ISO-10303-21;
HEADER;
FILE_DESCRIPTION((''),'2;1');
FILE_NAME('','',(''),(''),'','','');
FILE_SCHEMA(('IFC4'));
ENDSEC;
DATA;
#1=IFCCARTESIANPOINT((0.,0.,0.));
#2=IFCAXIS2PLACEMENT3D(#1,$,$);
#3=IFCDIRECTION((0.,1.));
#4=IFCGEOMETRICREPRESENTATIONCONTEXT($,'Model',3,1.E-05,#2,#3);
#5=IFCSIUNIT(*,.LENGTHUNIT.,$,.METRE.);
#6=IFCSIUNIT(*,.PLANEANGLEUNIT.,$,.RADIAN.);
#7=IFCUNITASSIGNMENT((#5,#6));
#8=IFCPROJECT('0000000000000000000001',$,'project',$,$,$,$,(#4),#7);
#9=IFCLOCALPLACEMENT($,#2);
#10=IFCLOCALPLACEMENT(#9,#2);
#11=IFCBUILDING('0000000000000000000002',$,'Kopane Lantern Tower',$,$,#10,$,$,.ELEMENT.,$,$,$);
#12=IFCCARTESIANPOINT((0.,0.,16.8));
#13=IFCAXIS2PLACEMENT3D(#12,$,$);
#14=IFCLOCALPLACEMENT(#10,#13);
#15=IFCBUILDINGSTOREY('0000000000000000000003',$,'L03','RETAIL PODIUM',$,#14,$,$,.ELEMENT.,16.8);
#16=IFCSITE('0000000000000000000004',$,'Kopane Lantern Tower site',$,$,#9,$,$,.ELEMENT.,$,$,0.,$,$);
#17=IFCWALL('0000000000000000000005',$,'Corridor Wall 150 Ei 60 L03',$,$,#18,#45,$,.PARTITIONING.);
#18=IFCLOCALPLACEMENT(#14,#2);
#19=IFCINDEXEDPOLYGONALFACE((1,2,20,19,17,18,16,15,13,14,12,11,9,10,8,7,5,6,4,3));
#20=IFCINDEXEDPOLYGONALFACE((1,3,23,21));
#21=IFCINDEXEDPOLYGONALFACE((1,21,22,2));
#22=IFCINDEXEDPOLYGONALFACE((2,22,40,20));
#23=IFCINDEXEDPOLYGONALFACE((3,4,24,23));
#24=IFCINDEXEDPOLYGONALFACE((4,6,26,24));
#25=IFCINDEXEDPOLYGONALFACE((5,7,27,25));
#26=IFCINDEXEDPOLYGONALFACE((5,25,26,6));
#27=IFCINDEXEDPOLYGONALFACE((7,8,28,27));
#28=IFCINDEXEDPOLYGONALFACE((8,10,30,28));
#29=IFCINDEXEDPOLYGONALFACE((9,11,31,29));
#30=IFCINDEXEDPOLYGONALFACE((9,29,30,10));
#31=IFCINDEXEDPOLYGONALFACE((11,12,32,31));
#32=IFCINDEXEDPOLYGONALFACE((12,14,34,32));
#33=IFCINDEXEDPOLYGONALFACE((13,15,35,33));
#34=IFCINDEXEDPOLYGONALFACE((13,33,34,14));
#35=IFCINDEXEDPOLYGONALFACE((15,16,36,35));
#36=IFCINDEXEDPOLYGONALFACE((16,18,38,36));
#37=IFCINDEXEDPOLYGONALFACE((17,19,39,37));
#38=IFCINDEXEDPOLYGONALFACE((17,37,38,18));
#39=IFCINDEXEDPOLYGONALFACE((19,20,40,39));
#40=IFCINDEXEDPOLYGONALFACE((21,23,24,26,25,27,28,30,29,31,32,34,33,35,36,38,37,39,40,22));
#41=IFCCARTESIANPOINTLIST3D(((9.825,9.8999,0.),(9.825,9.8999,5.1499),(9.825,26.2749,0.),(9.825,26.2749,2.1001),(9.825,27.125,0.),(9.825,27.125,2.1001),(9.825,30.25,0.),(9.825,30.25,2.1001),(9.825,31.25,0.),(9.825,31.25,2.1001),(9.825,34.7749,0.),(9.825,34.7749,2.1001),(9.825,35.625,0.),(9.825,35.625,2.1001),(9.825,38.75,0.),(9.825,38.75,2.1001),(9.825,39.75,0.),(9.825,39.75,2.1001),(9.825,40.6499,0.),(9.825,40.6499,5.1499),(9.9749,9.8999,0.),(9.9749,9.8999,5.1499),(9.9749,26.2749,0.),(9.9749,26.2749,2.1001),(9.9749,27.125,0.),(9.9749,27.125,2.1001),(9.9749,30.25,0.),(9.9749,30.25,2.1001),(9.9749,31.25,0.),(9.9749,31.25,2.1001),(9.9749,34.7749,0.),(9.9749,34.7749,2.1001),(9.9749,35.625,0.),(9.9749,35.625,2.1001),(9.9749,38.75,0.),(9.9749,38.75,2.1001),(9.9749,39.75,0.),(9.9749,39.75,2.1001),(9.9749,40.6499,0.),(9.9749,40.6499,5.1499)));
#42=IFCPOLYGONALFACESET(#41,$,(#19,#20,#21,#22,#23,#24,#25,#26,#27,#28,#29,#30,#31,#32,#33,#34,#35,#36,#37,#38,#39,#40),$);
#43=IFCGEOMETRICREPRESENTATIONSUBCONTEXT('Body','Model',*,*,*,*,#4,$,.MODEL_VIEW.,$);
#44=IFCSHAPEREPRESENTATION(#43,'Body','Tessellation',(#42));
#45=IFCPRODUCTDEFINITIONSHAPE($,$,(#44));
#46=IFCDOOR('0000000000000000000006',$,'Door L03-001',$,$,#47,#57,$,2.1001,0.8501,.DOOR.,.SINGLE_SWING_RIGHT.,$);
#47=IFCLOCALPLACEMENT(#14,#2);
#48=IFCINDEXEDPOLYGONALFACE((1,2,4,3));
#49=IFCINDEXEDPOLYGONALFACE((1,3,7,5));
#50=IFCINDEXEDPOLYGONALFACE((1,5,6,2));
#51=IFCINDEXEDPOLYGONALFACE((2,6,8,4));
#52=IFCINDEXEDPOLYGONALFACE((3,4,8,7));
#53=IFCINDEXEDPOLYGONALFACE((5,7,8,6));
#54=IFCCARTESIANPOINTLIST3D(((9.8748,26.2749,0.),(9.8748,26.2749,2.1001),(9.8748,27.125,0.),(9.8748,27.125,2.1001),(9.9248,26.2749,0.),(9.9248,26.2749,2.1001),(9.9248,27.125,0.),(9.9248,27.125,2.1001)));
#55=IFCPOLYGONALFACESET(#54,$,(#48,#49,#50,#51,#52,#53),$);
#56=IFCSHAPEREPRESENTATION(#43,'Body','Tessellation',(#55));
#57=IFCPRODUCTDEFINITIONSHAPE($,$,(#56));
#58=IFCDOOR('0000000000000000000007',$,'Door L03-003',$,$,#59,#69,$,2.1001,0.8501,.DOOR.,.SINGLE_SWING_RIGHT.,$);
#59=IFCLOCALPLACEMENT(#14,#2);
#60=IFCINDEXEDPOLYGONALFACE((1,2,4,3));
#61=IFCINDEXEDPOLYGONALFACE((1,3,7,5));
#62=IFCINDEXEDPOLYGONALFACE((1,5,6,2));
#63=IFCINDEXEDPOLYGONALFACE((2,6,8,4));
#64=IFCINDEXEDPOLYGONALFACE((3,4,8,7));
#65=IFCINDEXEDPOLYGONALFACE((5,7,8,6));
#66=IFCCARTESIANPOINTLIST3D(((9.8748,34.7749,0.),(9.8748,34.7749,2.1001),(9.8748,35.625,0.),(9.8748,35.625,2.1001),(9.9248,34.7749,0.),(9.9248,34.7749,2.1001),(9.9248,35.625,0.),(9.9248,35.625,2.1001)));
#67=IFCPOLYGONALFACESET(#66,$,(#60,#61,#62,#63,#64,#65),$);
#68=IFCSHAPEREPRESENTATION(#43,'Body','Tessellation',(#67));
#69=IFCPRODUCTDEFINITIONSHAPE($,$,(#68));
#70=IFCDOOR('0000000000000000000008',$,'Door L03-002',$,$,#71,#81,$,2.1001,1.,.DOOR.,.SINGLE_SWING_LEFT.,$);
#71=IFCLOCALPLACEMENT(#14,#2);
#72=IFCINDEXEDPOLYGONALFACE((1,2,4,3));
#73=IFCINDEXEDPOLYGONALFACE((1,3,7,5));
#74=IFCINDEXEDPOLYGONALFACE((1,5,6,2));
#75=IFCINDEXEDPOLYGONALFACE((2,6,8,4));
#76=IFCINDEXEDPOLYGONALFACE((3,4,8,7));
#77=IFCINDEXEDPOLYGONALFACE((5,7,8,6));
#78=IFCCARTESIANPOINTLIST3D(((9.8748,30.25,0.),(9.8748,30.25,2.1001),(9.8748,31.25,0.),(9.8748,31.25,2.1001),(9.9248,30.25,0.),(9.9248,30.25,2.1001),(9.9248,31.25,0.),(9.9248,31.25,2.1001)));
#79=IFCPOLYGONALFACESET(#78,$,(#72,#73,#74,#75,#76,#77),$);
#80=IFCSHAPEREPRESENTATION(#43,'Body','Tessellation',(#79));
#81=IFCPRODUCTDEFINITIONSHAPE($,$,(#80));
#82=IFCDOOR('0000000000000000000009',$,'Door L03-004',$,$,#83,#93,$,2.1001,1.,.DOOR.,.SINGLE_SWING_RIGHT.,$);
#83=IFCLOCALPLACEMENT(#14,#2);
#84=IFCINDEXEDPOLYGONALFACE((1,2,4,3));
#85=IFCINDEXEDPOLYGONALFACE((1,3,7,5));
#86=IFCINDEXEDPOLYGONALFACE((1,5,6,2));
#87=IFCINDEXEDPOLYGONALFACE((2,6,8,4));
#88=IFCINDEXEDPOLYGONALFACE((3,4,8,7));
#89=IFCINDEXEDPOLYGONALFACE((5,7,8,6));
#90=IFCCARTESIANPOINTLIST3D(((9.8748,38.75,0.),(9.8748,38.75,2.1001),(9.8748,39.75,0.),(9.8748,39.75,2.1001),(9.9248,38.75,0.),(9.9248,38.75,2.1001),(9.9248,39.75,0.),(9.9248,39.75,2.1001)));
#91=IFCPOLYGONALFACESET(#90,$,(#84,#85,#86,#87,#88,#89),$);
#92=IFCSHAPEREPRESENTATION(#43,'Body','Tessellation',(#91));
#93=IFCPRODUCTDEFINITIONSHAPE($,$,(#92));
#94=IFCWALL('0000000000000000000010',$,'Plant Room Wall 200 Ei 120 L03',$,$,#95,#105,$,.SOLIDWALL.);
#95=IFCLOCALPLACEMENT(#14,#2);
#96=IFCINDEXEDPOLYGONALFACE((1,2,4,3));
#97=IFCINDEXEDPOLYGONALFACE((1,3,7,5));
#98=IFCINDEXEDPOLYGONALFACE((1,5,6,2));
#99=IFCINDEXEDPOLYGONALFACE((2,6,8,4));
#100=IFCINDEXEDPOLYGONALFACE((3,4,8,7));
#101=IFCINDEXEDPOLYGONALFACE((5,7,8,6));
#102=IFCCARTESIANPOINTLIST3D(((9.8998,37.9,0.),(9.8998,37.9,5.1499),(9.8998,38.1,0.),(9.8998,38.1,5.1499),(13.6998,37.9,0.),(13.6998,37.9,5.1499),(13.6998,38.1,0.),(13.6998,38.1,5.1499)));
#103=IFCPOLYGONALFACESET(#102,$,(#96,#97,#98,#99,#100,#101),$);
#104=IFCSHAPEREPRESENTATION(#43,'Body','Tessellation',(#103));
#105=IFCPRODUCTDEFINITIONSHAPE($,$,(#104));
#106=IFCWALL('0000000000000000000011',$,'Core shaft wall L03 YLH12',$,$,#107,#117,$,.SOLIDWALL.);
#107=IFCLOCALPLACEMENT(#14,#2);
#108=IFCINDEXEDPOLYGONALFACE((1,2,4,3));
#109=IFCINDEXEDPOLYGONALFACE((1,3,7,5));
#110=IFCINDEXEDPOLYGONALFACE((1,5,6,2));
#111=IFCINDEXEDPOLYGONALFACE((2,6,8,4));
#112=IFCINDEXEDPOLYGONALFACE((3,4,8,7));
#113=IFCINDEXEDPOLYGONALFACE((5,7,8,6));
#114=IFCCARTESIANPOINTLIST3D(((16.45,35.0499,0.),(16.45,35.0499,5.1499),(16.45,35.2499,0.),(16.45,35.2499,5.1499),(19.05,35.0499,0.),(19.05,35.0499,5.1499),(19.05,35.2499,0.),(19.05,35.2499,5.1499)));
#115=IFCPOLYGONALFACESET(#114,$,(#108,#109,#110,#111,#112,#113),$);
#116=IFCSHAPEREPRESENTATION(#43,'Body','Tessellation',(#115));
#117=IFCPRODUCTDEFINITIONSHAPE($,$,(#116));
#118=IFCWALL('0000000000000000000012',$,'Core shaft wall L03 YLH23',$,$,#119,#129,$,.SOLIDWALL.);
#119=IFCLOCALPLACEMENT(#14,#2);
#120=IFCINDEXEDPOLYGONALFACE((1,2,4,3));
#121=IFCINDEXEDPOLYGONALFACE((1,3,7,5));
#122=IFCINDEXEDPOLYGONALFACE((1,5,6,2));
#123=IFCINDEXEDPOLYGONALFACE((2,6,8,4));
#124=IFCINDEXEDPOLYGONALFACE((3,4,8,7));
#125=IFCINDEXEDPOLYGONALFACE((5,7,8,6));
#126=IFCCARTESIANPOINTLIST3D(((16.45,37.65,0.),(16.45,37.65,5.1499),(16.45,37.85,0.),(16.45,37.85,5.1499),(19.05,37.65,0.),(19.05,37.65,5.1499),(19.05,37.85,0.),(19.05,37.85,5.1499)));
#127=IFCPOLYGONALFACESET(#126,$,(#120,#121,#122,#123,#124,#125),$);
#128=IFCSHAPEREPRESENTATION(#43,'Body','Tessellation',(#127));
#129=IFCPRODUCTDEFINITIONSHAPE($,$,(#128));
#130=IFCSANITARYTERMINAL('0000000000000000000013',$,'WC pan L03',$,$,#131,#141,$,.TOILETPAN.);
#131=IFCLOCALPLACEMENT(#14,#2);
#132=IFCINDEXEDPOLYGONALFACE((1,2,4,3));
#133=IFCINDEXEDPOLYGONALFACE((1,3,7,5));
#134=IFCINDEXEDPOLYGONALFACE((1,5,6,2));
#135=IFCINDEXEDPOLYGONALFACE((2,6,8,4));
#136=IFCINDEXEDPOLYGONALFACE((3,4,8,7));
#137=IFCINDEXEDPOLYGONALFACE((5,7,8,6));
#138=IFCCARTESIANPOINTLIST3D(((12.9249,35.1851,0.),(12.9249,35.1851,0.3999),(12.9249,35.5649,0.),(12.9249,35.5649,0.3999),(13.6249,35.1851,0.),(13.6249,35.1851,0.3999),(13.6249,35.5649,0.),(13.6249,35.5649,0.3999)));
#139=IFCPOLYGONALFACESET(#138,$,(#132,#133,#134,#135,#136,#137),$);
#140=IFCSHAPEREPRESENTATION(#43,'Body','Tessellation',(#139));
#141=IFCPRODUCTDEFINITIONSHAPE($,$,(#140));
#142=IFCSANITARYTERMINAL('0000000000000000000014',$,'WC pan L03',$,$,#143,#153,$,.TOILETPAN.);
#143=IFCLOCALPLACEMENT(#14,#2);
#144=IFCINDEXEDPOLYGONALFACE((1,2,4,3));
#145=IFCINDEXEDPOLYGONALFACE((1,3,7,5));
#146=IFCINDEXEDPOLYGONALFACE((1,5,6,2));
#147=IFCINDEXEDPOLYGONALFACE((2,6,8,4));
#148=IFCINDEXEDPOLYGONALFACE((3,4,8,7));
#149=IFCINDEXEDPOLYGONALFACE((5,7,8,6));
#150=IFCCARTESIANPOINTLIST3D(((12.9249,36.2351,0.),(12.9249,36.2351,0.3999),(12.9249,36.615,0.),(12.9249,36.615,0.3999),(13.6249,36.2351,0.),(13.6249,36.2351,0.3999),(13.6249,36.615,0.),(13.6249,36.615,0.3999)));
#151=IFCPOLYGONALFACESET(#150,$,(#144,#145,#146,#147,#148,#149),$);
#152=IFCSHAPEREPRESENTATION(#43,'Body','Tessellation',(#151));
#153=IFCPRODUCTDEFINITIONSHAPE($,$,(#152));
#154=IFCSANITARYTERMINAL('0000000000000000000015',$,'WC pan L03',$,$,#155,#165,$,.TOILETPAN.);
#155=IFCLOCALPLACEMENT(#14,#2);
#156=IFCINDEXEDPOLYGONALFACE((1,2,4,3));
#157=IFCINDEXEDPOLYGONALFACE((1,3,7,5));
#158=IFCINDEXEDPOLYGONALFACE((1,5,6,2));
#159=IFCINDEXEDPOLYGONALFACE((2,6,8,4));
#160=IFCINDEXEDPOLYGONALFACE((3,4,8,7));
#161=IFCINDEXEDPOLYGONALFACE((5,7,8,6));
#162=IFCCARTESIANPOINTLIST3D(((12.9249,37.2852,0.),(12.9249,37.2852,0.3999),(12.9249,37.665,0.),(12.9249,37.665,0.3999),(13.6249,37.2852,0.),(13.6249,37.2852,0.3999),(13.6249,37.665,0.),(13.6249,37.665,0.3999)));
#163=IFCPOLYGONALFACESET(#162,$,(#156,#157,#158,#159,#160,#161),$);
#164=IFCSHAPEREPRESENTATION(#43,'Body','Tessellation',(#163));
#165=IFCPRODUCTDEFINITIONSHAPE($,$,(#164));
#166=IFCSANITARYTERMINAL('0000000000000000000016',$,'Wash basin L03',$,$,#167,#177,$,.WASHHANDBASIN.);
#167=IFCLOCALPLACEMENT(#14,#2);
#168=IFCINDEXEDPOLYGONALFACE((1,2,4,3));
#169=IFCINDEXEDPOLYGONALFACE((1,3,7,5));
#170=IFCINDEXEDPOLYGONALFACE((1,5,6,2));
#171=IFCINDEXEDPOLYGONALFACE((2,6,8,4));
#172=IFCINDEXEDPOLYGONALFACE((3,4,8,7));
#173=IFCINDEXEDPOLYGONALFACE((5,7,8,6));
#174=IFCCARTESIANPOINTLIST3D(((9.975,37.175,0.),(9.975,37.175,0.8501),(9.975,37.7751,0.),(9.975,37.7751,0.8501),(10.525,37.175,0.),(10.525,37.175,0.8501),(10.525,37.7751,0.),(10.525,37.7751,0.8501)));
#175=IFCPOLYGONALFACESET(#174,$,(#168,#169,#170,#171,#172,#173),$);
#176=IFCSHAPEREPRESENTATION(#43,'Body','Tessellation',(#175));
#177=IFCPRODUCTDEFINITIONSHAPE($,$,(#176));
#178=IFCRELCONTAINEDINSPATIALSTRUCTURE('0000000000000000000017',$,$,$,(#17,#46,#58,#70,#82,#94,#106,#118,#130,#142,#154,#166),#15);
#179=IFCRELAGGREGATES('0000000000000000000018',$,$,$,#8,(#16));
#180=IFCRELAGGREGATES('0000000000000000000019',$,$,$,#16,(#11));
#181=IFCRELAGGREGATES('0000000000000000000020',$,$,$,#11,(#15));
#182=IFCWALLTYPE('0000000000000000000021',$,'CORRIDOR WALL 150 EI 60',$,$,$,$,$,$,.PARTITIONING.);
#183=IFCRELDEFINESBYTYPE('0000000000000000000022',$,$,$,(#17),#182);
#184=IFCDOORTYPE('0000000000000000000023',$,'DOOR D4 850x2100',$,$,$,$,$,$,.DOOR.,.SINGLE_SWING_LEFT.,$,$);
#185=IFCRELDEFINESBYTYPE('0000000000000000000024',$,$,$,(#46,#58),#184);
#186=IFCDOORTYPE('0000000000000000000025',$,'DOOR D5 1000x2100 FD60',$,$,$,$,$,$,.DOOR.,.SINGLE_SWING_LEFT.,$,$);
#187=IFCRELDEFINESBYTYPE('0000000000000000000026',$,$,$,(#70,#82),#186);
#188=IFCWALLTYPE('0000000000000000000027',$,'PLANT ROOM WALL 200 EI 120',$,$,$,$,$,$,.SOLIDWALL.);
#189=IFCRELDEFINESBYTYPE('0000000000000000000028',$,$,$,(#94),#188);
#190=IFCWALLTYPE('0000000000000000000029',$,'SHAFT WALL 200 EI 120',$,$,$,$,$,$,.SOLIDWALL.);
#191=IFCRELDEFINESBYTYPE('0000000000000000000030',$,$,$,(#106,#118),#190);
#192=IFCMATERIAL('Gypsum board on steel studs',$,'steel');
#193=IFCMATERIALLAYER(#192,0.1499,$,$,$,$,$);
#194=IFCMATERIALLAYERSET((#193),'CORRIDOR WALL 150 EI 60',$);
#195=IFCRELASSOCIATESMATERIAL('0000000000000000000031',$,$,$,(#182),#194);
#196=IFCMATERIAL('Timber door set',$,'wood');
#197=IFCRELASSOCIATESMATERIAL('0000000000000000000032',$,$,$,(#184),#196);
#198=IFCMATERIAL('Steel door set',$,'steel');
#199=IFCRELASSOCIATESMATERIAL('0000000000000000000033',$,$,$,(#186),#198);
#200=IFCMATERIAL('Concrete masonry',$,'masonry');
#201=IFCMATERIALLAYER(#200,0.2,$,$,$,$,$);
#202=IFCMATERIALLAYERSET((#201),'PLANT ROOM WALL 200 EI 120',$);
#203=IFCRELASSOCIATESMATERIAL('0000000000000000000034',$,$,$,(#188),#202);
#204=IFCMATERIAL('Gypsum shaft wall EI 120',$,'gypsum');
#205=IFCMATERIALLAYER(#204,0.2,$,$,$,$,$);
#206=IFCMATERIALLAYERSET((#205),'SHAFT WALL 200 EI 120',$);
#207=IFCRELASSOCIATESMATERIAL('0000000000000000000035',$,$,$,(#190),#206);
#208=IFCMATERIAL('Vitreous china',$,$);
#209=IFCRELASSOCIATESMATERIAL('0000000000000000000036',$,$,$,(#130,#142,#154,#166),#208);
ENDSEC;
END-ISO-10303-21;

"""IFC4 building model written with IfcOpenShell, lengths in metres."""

from ifc_helpers import new_model, si_unit, direction, frame, frame_2d, origin, origin_2d, place, context, subcontext, project, spatial, rectangle, extrude, material, layer, layer_set, type_object, element, fill, save


model = new_model("IFC4")

# Units and contexts
model_context = context("Model", 3, precision=1e-05, world=origin(), true_north=direction((0.0, 1.0)))
body_context = subcontext(model_context, "Body", "Model", "MODEL_VIEW")
ifc_project = project(units=[si_unit("LENGTHUNIT", "METRE"), si_unit("PLANEANGLEUNIT", "RADIAN")], contexts=[model_context])

# Site, building, storey
site_placement = place(None, origin())
site = spatial("IfcSite", under=ifc_project, at=site_placement, Name="Kopane Lantern Tower site", CompositionType="ELEMENT", RefElevation=0.0)
building_placement = place(site_placement, origin())
building = spatial("IfcBuilding", under=site, at=building_placement, Name="Kopane Lantern Tower", CompositionType="ELEMENT")
storey_placement = place(building_placement, frame((0.0, 0.0, 16.8)))
storey = spatial("IfcBuildingStorey", under=building, at=storey_placement, Name="L03", Description="RETAIL PODIUM", CompositionType="ELEMENT", Elevation=16.8)

# Wall, openings, doors
ifc_material_1 = material(Name="Gypsum board on steel studs", Category="steel")
ifc_layer_1 = layer(ifc_material_1, 0.1499)
ifc_layer_set_1 = layer_set([ifc_layer_1], Name="CORRIDOR WALL 150 EI 60")
wall_type_1 = type_object("IfcWallType", Name="CORRIDOR WALL 150 EI 60", PredefinedType="PARTITIONING", material=ifc_layer_set_1)
wall_1_placement = place(storey_placement, frame((9.8999, 40.6499, 0.0), z_axis=(0.0, 0.0, 1.0), x_axis=(0.0, -1.0, 0.0)))
wall_1 = element("IfcWall", 1, at=wall_1_placement, inside=storey, type_object=wall_type_1, Name="Corridor Wall 150 Ei 60 L03", PredefinedType="PARTITIONING", context=body_context, shape_type="SweptSolid", body=[
    extrude(rectangle(XDim=30.75, YDim=0.1499, at=frame_2d((15.375, 0.0))), origin(), (0.0, 0.0, 1.0), 5.1499),
])
opening_1_placement = place(wall_1_placement, frame((13.5249, 0.0, 0.0)))
opening_1 = element("IfcOpeningElement", 2, at=opening_1_placement, cuts=wall_1, PredefinedType="OPENING", context=body_context, shape_type="SweptSolid", body=[
    extrude(rectangle(XDim=0.8501, YDim=2.1001, at=frame_2d((0.425, 1.05))), frame((0.0, 0.085, 0.0), z_axis=(0.0, -1.0, 0.0), x_axis=(1.0, 0.0, 0.0)), (0.0, 0.0, 1.0), 0.1699),
])
opening_2_placement = place(wall_1_placement, frame((9.3999, 0.0, 0.0)))
opening_2 = element("IfcOpeningElement", 3, at=opening_2_placement, cuts=wall_1, PredefinedType="OPENING", context=body_context, shape_type="SweptSolid", body=[
    extrude(rectangle(XDim=1.0, YDim=2.1001, at=frame_2d((0.5, 1.05))), frame((0.0, 0.085, 0.0), z_axis=(0.0, -1.0, 0.0), x_axis=(1.0, 0.0, 0.0)), (0.0, 0.0, 1.0), 0.1699),
])
opening_3_placement = place(wall_1_placement, frame((5.0249, 0.0, 0.0)))
opening_3 = element("IfcOpeningElement", 4, at=opening_3_placement, cuts=wall_1, PredefinedType="OPENING", context=body_context, shape_type="SweptSolid", body=[
    extrude(rectangle(XDim=0.8501, YDim=2.1001, at=frame_2d((0.425, 1.05))), frame((0.0, 0.085, 0.0), z_axis=(0.0, -1.0, 0.0), x_axis=(1.0, 0.0, 0.0)), (0.0, 0.0, 1.0), 0.1699),
])
opening_4_placement = place(wall_1_placement, frame((0.8999, 0.0, 0.0)))
opening_4 = element("IfcOpeningElement", 5, at=opening_4_placement, cuts=wall_1, PredefinedType="OPENING", context=body_context, shape_type="SweptSolid", body=[
    extrude(rectangle(XDim=1.0, YDim=2.1001, at=frame_2d((0.5, 1.05))), frame((0.0, 0.085, 0.0), z_axis=(0.0, -1.0, 0.0), x_axis=(1.0, 0.0, 0.0)), (0.0, 0.0, 1.0), 0.1699),
])
ifc_material_2 = material(Name="Timber door set", Category="wood")
door_type_1 = type_object("IfcDoorType", Name="DOOR D4 850x2100", OperationType="SINGLE_SWING_LEFT", PredefinedType="DOOR", material=ifc_material_2)
door_1_placement = place(opening_1_placement, origin())
door_1 = element("IfcDoor", 6, at=door_1_placement, inside=storey, type_object=door_type_1, Name="Door L03-001", OperationType="SINGLE_SWING_RIGHT", OverallHeight=2.1001, OverallWidth=0.8501, PredefinedType="DOOR", context=body_context, shape_type="SweptSolid", body=[
    extrude(rectangle(XDim=0.8501, YDim=2.1001, at=frame_2d((0.425, 1.05))), frame((0.0, 0.0249, 0.0), z_axis=(0.0, -1.0, 0.0), x_axis=(1.0, 0.0, 0.0)), (0.0, 0.0, 1.0), 0.05),
])
fill(opening_1, door_1)
door_2_placement = place(opening_3_placement, origin())
door_2 = element("IfcDoor", 7, at=door_2_placement, inside=storey, type_object=door_type_1, Name="Door L03-003", OperationType="SINGLE_SWING_RIGHT", OverallHeight=2.1001, OverallWidth=0.8501, PredefinedType="DOOR", context=body_context, shape_type="SweptSolid", body=[
    extrude(rectangle(XDim=0.8501, YDim=2.1001, at=frame_2d((0.425, 1.05))), frame((0.0, 0.0249, 0.0), z_axis=(0.0, -1.0, 0.0), x_axis=(1.0, 0.0, 0.0)), (0.0, 0.0, 1.0), 0.05),
])
fill(opening_3, door_2)
ifc_material_3 = material(Name="Steel door set", Category="steel")
door_type_2 = type_object("IfcDoorType", Name="DOOR D5 1000x2100 FD60", OperationType="SINGLE_SWING_LEFT", PredefinedType="DOOR", material=ifc_material_3)
door_3_placement = place(opening_2_placement, origin())
door_3 = element("IfcDoor", 8, at=door_3_placement, inside=storey, type_object=door_type_2, Name="Door L03-002", OperationType="SINGLE_SWING_LEFT", OverallHeight=2.1001, OverallWidth=1.0, PredefinedType="DOOR", context=body_context, shape_type="SweptSolid", body=[
    extrude(rectangle(XDim=1.0, YDim=2.1001, at=frame_2d((0.5, 1.05))), frame((0.0, 0.0249, 0.0), z_axis=(0.0, -1.0, 0.0), x_axis=(1.0, 0.0, 0.0)), (0.0, 0.0, 1.0), 0.05),
])
fill(opening_2, door_3)
door_4_placement = place(opening_4_placement, origin())
door_4 = element("IfcDoor", 9, at=door_4_placement, inside=storey, type_object=door_type_2, Name="Door L03-004", OperationType="SINGLE_SWING_RIGHT", OverallHeight=2.1001, OverallWidth=1.0, PredefinedType="DOOR", context=body_context, shape_type="SweptSolid", body=[
    extrude(rectangle(XDim=1.0, YDim=2.1001, at=frame_2d((0.5, 1.05))), frame((0.0, 0.0249, 0.0), z_axis=(0.0, -1.0, 0.0), x_axis=(1.0, 0.0, 0.0)), (0.0, 0.0, 1.0), 0.05),
])
fill(opening_4, door_4)

# Walls
ifc_material_4 = material(Name="Concrete masonry", Category="masonry")
ifc_layer_2 = layer(ifc_material_4, 0.2)
ifc_layer_set_2 = layer_set([ifc_layer_2], Name="PLANT ROOM WALL 200 EI 120")
wall_type_2 = type_object("IfcWallType", Name="PLANT ROOM WALL 200 EI 120", PredefinedType="SOLIDWALL", material=ifc_layer_set_2)
wall_2_placement = place(storey_placement, frame((9.8999, 38.0, 0.0), z_axis=(0.0, 0.0, 1.0), x_axis=(1.0, 0.0, 0.0)))
element("IfcWall", 10, at=wall_2_placement, inside=storey, type_object=wall_type_2, Name="Plant Room Wall 200 Ei 120 L03", PredefinedType="SOLIDWALL", context=body_context, shape_type="SweptSolid", body=[
    extrude(rectangle(XDim=3.8, YDim=0.2, at=frame_2d((1.8999, 0.0))), origin(), (0.0, 0.0, 1.0), 5.1499),
])
ifc_material_5 = material(Name="Gypsum shaft wall EI 120", Category="gypsum")
ifc_layer_3 = layer(ifc_material_5, 0.2)
ifc_layer_set_3 = layer_set([ifc_layer_3], Name="SHAFT WALL 200 EI 120")
wall_type_3 = type_object("IfcWallType", Name="SHAFT WALL 200 EI 120", PredefinedType="SOLIDWALL", material=ifc_layer_set_3)
for number, where, z_axis, x_axis, name in (
    (11, (16.45, 35.1499, 0.0), (0.0, 0.0, 1.0), (1.0, 0.0, 0.0), "Core shaft wall L03 YLH12"),
    (12, (16.45, 37.75, 0.0), (0.0, 0.0, 1.0), (1.0, 0.0, 0.0), "Core shaft wall L03 YLH23"),
):
    element("IfcWall", number, at=place(storey_placement, frame(where, z_axis=z_axis, x_axis=x_axis)), inside=storey, type_object=wall_type_3, Name=name, PredefinedType="SOLIDWALL", context=body_context, shape_type="SweptSolid", body=[
        extrude(rectangle(XDim=2.6001, YDim=0.2, at=frame_2d((1.3, 0.0))), origin(), (0.0, 0.0, 1.0), 5.1499),
    ])

# Sanitary terminals
ifc_material_6 = material(Name="Vitreous china")
for number, where, z_axis, x_axis, name in (
    (13, (13.2749, 35.375, 0.0), (0.0, 0.0, 1.0), (1.0, 0.0, 0.0), "WC pan L03"),
    (14, (13.2749, 36.425, 0.0), (0.0, 0.0, 1.0), (1.0, 0.0, 0.0), "WC pan L03"),
    (15, (13.2749, 37.4751, 0.0), (0.0, 0.0, 1.0), (1.0, 0.0, 0.0), "WC pan L03"),
):
    element("IfcSanitaryTerminal", number, at=place(storey_placement, frame(where, z_axis=z_axis, x_axis=x_axis)), inside=storey, material=ifc_material_6, Name=name, PredefinedType="TOILETPAN", context=body_context, shape_type="SweptSolid", body=[
        extrude(rectangle(XDim=0.7, YDim=0.3799, at=origin_2d()), origin(), (0.0, 0.0, 1.0), 0.3999),
    ])
for number, where, z_axis, x_axis, name in (
    (16, (10.25, 37.4751, 0.0), (0.0, 0.0, 1.0), (1.0, 0.0, 0.0), "Wash basin L03"),
):
    element("IfcSanitaryTerminal", number, at=place(storey_placement, frame(where, z_axis=z_axis, x_axis=x_axis)), inside=storey, material=ifc_material_6, Name=name, PredefinedType="WASHHANDBASIN", context=body_context, shape_type="SweptSolid", body=[
        extrude(rectangle(XDim=0.55, YDim=0.6001, at=origin_2d()), origin(), (0.0, 0.0, 1.0), 0.8501),
    ])

save(model, "model.ifc")
